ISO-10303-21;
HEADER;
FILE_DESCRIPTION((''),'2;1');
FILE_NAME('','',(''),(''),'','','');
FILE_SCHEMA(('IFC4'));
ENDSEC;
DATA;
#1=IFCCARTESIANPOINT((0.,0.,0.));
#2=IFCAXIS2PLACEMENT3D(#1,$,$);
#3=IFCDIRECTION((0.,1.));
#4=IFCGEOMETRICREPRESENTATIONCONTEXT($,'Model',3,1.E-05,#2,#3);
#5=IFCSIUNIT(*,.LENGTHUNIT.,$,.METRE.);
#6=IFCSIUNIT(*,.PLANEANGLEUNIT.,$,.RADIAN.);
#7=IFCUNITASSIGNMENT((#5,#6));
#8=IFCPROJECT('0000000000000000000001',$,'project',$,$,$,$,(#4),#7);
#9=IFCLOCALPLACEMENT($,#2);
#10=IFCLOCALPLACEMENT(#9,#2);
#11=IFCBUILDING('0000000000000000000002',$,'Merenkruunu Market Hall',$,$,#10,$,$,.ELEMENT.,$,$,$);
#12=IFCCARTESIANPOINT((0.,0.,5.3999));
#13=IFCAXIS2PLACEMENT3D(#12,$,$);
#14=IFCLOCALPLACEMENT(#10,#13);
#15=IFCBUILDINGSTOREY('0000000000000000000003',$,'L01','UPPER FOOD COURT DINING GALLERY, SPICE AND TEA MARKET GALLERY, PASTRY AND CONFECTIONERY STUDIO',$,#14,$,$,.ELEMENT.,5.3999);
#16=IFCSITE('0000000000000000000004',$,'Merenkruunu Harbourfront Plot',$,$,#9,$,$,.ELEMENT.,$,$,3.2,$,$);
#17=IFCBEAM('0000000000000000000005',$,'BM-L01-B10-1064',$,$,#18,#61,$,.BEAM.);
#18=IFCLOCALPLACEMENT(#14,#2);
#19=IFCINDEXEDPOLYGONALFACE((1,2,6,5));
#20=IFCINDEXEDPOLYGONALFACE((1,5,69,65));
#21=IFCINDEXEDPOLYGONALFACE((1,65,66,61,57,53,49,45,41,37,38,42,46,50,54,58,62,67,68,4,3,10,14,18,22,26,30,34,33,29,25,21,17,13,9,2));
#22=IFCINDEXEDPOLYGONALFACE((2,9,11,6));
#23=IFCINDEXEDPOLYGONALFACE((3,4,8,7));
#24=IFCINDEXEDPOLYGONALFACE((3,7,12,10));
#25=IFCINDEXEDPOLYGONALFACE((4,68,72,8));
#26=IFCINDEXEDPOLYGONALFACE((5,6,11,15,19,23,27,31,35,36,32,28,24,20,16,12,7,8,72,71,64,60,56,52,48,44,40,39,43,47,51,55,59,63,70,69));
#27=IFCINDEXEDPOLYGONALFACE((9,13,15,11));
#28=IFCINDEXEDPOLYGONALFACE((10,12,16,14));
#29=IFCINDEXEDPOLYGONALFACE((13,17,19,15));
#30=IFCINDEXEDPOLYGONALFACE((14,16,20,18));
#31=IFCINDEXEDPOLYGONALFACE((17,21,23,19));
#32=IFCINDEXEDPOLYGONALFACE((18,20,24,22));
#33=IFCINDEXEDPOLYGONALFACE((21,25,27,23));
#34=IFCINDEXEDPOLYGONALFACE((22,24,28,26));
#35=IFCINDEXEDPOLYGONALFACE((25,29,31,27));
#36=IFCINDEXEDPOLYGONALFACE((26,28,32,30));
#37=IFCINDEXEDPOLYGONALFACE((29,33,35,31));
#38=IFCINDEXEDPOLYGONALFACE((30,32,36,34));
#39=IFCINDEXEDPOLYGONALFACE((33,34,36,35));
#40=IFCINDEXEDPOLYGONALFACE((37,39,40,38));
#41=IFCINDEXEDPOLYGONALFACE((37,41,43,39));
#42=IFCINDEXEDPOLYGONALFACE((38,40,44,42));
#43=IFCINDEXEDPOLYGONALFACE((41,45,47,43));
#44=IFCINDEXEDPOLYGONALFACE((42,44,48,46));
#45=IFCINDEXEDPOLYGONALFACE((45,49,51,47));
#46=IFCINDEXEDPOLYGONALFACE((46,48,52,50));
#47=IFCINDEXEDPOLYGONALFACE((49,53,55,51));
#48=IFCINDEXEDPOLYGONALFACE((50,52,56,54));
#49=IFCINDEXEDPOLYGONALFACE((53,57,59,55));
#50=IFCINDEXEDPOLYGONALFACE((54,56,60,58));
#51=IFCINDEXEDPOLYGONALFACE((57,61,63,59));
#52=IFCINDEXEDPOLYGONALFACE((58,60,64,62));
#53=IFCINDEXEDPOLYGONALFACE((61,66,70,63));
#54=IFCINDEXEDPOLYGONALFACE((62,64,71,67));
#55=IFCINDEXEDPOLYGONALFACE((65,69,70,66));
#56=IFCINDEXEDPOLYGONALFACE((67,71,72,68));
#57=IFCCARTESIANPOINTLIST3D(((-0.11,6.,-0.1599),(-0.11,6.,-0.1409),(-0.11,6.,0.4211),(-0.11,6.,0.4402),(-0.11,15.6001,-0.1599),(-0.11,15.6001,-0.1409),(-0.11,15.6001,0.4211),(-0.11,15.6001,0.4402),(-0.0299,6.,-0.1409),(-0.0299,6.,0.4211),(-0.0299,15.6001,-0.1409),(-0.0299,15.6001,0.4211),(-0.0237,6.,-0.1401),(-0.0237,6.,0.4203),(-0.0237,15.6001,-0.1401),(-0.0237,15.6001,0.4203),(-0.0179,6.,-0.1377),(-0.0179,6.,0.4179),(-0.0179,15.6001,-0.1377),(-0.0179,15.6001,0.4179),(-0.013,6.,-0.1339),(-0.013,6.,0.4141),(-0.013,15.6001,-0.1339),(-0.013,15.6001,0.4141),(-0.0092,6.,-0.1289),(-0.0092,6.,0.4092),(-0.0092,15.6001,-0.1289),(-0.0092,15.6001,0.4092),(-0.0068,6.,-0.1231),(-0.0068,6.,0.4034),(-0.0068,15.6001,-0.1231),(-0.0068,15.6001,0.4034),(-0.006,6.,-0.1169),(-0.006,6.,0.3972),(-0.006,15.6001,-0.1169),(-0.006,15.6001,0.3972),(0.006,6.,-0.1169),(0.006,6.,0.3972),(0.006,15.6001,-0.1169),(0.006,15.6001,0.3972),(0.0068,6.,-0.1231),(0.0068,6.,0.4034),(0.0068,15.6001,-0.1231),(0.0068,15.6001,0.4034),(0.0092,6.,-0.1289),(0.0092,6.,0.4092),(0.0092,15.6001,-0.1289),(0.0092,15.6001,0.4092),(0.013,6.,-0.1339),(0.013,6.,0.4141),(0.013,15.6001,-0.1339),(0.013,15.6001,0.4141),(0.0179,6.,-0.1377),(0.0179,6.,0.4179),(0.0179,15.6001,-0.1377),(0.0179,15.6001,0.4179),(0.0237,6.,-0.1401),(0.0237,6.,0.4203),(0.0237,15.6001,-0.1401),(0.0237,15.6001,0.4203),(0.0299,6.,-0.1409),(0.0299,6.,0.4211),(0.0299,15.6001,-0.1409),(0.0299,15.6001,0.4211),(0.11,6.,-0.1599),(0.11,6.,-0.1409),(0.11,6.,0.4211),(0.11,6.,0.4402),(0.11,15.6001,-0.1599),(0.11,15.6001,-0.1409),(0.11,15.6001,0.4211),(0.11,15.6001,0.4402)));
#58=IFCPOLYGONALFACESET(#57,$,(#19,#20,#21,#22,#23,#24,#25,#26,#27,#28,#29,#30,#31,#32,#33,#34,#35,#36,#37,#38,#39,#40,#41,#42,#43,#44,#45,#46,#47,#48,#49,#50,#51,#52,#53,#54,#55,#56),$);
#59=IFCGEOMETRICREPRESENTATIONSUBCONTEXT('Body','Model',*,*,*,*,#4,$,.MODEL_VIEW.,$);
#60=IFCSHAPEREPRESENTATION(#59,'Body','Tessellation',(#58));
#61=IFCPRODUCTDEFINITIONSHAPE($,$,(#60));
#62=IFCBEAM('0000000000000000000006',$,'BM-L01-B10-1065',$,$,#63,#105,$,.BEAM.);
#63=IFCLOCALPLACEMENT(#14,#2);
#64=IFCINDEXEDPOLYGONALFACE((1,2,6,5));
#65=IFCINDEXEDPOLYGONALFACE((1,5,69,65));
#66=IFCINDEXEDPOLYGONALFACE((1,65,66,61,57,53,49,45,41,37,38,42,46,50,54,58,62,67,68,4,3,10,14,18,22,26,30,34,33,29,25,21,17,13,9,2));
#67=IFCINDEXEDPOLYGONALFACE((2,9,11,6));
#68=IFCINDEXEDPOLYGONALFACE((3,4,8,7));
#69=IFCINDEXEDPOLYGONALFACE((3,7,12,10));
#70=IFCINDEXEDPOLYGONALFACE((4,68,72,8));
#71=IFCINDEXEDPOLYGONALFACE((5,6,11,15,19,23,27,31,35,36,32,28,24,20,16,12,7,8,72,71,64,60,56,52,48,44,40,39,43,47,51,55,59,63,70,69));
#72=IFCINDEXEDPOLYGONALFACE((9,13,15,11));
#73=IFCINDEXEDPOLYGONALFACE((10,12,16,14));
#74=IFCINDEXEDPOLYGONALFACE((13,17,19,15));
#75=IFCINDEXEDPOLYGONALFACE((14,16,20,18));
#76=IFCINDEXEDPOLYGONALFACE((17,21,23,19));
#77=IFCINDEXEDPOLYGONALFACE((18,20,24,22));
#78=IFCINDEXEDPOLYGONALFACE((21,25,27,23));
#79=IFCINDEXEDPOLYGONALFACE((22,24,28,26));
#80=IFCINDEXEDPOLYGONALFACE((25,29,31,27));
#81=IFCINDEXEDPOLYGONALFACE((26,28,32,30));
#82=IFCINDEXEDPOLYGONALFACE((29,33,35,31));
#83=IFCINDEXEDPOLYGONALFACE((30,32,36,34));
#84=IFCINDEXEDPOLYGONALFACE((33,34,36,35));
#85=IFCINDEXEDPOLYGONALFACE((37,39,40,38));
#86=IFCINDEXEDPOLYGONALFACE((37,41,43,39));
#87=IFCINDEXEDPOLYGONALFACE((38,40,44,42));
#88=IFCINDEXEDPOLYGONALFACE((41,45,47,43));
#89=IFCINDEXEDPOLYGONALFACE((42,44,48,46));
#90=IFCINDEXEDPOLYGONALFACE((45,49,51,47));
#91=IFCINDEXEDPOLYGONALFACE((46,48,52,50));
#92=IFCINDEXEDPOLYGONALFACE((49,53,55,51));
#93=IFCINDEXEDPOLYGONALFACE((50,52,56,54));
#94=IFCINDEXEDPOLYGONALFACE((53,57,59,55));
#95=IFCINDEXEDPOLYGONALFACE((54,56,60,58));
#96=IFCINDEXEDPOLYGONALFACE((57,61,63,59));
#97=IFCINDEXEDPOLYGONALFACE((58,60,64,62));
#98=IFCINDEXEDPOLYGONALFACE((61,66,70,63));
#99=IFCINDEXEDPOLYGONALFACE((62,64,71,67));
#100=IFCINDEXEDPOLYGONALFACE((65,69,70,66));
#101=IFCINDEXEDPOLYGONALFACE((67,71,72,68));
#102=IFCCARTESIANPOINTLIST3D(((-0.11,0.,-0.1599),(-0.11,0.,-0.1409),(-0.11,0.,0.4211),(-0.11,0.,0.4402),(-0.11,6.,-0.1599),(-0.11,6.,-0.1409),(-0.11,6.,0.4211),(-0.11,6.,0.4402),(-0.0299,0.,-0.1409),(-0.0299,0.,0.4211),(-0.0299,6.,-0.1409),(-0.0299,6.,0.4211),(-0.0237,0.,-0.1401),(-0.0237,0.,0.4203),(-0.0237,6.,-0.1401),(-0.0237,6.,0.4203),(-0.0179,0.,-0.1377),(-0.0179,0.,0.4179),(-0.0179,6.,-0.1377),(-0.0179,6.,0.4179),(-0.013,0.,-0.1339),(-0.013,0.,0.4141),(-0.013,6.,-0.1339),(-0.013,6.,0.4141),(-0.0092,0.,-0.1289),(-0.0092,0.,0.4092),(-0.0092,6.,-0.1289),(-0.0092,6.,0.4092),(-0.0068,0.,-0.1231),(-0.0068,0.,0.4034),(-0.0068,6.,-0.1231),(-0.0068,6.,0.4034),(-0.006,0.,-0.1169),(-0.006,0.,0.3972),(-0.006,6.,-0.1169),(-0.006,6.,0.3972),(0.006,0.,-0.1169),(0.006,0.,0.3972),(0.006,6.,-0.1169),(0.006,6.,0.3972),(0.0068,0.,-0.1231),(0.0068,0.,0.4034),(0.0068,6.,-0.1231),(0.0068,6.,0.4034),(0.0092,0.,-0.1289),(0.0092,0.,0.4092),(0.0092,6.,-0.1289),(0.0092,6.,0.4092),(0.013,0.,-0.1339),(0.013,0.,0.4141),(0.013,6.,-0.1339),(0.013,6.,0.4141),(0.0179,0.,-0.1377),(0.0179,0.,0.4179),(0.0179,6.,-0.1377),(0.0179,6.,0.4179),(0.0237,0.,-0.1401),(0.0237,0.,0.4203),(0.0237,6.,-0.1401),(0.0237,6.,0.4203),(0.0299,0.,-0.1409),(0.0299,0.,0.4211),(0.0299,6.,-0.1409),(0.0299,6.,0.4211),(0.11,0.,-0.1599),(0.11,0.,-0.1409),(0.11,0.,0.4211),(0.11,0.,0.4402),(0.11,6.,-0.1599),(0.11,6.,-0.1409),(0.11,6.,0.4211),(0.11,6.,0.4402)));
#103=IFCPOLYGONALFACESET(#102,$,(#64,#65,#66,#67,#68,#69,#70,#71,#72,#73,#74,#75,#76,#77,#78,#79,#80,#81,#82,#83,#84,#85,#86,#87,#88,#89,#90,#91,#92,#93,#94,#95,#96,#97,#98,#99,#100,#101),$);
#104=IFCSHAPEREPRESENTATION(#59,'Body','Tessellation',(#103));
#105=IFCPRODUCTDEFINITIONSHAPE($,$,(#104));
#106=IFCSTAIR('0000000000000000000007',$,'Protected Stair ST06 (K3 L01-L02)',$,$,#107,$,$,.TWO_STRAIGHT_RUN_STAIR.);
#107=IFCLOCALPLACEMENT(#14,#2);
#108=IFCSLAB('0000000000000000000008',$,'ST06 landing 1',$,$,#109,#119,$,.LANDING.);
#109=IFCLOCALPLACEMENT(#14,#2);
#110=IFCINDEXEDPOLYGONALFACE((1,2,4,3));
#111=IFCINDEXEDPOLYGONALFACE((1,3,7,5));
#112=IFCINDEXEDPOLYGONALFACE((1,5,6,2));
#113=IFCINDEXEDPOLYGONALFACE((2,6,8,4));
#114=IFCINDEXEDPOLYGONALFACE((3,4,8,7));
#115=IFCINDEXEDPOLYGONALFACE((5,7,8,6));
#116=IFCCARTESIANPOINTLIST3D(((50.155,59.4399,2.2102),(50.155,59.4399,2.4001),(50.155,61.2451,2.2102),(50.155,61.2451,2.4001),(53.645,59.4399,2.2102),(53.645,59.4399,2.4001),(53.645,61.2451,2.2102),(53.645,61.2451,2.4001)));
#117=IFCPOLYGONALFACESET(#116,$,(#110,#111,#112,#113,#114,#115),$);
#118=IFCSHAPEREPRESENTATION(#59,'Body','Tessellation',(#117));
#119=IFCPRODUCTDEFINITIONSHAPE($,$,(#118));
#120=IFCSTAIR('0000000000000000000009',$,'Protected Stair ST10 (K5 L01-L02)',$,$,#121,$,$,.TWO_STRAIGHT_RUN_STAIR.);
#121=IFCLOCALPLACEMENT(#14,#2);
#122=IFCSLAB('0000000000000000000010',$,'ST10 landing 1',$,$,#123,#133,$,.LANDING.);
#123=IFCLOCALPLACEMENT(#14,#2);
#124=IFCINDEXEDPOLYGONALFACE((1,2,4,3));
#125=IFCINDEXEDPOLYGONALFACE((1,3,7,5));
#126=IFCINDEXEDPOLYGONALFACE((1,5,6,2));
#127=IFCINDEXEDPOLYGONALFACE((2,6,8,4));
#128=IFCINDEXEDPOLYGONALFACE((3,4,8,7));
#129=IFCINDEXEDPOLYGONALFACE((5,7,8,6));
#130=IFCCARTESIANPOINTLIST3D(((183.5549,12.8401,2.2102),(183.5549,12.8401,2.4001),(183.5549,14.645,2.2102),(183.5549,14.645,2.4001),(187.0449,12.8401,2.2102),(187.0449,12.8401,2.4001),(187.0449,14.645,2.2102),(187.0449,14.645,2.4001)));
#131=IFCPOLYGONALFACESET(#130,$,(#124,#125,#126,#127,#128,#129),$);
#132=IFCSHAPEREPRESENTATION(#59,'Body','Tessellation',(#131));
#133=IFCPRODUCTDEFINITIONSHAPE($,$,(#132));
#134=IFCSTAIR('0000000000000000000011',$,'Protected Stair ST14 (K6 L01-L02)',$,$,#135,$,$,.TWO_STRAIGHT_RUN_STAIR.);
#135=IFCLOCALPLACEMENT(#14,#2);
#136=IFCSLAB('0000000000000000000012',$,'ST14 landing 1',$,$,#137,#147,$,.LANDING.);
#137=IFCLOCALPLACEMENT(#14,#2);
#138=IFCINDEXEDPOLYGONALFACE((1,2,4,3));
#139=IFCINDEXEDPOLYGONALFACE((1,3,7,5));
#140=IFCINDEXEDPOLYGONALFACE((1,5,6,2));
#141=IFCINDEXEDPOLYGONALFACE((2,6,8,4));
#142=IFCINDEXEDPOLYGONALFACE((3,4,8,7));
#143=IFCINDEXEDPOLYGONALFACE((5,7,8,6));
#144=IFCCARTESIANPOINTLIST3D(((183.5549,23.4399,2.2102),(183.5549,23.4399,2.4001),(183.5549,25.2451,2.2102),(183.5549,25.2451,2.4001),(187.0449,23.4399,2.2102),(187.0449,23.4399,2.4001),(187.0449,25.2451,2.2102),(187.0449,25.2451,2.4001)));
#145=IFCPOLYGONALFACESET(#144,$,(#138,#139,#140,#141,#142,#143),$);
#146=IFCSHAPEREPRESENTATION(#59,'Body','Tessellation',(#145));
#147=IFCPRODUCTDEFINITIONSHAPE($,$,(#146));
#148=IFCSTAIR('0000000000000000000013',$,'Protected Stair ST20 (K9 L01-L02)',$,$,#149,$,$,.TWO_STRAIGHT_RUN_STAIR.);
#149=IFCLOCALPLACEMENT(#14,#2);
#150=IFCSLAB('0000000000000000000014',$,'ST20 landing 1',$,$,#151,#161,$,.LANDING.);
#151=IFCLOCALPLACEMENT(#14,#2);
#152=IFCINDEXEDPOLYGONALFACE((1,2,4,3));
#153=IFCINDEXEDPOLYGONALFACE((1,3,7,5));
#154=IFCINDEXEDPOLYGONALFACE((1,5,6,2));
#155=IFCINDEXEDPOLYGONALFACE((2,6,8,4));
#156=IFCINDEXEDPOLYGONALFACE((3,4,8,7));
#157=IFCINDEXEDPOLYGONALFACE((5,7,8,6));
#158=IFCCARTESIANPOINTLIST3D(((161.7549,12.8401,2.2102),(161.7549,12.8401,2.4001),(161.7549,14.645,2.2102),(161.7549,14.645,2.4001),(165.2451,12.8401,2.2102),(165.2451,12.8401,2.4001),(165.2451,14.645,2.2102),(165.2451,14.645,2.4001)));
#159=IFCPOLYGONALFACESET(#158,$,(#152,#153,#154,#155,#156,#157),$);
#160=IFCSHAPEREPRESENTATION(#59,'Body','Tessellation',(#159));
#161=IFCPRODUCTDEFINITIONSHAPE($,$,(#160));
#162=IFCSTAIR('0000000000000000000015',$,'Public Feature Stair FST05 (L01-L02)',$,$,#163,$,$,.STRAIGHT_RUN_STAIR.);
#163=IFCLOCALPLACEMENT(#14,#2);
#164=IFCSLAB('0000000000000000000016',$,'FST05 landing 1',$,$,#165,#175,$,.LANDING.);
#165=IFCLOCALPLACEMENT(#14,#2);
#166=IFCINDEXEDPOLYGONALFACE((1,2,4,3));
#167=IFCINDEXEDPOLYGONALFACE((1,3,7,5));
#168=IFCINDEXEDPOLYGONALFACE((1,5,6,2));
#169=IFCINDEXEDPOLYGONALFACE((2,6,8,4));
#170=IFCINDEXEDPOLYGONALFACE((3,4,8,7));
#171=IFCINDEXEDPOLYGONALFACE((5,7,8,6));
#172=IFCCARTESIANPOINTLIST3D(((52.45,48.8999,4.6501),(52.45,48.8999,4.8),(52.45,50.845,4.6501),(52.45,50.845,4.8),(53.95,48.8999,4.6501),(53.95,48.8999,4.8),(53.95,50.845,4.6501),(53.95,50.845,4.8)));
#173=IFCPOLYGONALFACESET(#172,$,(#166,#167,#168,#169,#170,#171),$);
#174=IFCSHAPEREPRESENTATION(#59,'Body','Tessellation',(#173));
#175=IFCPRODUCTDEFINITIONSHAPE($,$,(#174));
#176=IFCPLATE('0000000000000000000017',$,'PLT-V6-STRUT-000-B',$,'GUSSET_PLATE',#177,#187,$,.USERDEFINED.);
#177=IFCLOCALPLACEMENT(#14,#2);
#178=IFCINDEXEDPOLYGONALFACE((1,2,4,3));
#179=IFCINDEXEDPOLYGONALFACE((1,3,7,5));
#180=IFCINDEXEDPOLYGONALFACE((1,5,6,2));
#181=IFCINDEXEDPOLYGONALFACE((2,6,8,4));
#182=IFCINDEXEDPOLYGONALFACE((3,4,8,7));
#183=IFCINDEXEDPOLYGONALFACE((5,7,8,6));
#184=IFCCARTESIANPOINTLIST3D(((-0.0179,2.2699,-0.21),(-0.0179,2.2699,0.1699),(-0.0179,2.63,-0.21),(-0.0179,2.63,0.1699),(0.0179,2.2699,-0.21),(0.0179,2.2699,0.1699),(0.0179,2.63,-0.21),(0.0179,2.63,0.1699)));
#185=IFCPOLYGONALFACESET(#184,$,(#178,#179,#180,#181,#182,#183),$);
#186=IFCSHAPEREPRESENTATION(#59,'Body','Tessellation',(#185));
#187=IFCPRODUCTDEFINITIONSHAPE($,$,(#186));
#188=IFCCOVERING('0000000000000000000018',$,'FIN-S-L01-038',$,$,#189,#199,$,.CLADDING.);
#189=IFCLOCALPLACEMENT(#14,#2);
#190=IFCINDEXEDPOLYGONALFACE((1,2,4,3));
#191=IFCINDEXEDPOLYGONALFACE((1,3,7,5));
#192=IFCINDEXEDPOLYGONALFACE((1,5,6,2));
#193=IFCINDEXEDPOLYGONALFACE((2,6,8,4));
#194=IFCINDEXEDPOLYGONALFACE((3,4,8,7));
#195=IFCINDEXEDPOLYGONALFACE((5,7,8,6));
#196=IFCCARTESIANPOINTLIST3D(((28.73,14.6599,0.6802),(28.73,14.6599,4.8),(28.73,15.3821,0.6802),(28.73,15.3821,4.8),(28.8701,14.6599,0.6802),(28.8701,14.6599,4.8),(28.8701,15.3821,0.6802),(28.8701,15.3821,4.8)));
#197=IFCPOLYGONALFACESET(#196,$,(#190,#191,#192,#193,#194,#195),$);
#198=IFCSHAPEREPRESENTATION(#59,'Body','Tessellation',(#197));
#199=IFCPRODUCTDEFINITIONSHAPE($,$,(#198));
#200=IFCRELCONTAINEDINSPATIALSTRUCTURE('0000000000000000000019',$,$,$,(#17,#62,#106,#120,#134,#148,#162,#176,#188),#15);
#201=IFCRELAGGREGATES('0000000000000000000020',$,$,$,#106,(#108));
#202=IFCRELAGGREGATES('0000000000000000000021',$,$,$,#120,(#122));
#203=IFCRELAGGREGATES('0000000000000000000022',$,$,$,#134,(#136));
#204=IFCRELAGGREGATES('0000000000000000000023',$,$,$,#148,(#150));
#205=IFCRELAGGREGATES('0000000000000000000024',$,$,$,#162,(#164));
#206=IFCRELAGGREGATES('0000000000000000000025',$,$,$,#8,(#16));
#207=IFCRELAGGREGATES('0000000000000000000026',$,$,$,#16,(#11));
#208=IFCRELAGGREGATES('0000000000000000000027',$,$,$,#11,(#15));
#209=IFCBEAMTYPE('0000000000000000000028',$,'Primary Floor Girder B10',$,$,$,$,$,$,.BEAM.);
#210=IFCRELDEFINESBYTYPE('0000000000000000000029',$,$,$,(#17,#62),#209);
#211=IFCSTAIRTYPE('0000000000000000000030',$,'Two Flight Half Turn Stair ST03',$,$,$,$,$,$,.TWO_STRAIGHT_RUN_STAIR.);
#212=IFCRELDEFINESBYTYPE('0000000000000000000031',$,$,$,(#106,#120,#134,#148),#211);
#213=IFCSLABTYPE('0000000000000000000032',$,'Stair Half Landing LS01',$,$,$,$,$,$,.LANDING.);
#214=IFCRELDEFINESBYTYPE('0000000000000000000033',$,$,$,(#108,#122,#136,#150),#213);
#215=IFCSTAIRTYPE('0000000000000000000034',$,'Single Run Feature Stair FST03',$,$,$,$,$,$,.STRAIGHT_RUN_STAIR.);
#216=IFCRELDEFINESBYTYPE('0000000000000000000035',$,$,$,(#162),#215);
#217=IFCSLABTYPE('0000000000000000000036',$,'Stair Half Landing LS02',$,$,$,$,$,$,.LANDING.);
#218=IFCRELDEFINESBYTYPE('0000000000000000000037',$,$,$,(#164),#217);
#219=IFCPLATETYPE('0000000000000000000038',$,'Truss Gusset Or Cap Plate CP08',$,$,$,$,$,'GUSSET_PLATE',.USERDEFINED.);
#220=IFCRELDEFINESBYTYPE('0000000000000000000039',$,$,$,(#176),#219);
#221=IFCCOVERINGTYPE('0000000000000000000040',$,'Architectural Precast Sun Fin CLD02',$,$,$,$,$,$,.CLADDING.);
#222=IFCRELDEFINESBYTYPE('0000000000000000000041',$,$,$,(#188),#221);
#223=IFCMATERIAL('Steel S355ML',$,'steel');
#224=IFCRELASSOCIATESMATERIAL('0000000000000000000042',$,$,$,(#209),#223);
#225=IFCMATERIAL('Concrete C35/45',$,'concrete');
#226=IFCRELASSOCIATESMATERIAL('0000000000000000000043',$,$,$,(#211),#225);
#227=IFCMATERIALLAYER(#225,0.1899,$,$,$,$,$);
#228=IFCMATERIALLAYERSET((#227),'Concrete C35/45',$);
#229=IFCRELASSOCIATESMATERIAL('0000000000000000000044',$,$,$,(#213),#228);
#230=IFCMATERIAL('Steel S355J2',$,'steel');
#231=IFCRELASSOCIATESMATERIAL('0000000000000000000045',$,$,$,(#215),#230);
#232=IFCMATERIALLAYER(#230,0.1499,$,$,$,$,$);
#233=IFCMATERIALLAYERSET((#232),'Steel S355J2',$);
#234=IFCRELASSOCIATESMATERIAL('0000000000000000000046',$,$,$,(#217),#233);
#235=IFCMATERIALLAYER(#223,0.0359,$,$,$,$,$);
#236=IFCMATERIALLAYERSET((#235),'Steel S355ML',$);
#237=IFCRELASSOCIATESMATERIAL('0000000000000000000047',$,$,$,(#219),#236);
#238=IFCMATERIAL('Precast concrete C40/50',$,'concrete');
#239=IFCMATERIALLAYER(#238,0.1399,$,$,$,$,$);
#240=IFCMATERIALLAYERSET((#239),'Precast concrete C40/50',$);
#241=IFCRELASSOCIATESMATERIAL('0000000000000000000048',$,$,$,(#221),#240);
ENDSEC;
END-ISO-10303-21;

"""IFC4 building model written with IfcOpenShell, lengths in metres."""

from ifc_helpers import new_model, si_unit, direction, frame, origin, origin_2d, place, context, subcontext, project, spatial, polyline, rectangle, i_section, outline, extrude, material, layer, layer_set, material_profile, profile_set, type_object, element, aggregate, save


model = new_model("IFC4")

# Units and contexts
model_context = context("Model", 3, precision=1e-05, world=origin(), true_north=direction((0.0, 1.0)))
body_context = subcontext(model_context, "Body", "Model", "MODEL_VIEW")
ifc_project = project(units=[si_unit("LENGTHUNIT", "METRE"), si_unit("PLANEANGLEUNIT", "RADIAN")], contexts=[model_context])

# Site, building, storey
site_placement = place(None, origin())
site = spatial("IfcSite", under=ifc_project, at=site_placement, Name="Merenkruunu Harbourfront Plot", CompositionType="ELEMENT", RefElevation=3.2)
building_placement = place(site_placement, origin())
building = spatial("IfcBuilding", under=site, at=building_placement, Name="Merenkruunu Market Hall", CompositionType="ELEMENT")
storey_placement = place(building_placement, frame((0.0, 0.0, 5.3999)))
storey = spatial("IfcBuildingStorey", under=building, at=storey_placement, Name="L01", Description="UPPER FOOD COURT DINING GALLERY, SPICE AND TEA MARKET GALLERY, PASTRY AND CONFECTIONERY STUDIO", CompositionType="ELEMENT", Elevation=5.3999)

# Shared definitions
ifc_material_1 = material(Name="Steel S355ML", Category="steel")

# Beams
ifc_material_2 = material(Name="Steel S355J2", Category="steel")
ifc_material_profile_1 = material_profile(ifc_material_1, i_section(OverallWidth=0.22, OverallDepth=0.6001, WebThickness=0.012, FlangeThickness=0.019, FilletRadius=0.0239, at=origin_2d()), Name="IPE 600")
ifc_profile_set_1 = profile_set([ifc_material_profile_1], Name="Steel S355ML")
beam_type_1 = type_object("IfcBeamType", Name="Primary Floor Girder B10", PredefinedType="BEAM", material=ifc_profile_set_1)
beam_1_placement = place(storey_placement, frame((0.0, 15.6001, 0.1401), z_axis=(0.0, -1.0, 0.0), x_axis=(1.0, 0.0, 0.0)))
element("IfcBeam", 1, at=beam_1_placement, inside=storey, type_object=beam_type_1, Name="BM-L01-B10-1064", PredefinedType="BEAM", context=body_context, shape_type="SweptSolid", body=[
    extrude(i_section(OverallWidth=0.22, OverallDepth=0.6001, WebThickness=0.012, FlangeThickness=0.019, FilletRadius=0.0239, at=origin_2d()), origin(), (0.0, 0.0, 1.0), 9.6001),
])
beam_2_placement = place(storey_placement, frame((0.0, 6.0, 0.1401), z_axis=(0.0, -1.0, 0.0), x_axis=(1.0, 0.0, 0.0)))
element("IfcBeam", 2, at=beam_2_placement, inside=storey, type_object=beam_type_1, Name="BM-L01-B10-1065", PredefinedType="BEAM", context=body_context, shape_type="SweptSolid", body=[
    extrude(i_section(OverallWidth=0.22, OverallDepth=0.6001, WebThickness=0.012, FlangeThickness=0.019, FilletRadius=0.0239, at=origin_2d()), origin(), (0.0, 0.0, 1.0), 6.0),
])

# Stairs, slabs
ifc_material_3 = material(Name="Concrete C35/45", Category="concrete")
stair_type_1 = type_object("IfcStairType", Name="Two Flight Half Turn Stair ST03", PredefinedType="TWO_STRAIGHT_RUN_STAIR", material=ifc_material_3)
stair_1_placement = place(storey_placement, origin())
stair_1 = element("IfcStair", 3, at=stair_1_placement, inside=storey, type_object=stair_type_1, Name="Protected Stair ST06 (K3 L01-L02)", PredefinedType="TWO_STRAIGHT_RUN_STAIR")
ifc_layer_1 = layer(ifc_material_3, 0.1899)
ifc_layer_set_1 = layer_set([ifc_layer_1], Name="Concrete C35/45")
slab_type_1 = type_object("IfcSlabType", Name="Stair Half Landing LS01", PredefinedType="LANDING", material=ifc_layer_set_1)
slab_1_placement = place(storey_placement, frame((0.0, 0.0, 2.2102)))
slab_1 = element("IfcSlab", 4, at=slab_1_placement, type_object=slab_type_1, Name="ST06 landing 1", PredefinedType="LANDING", context=body_context, shape_type="SweptSolid", body=[
    extrude(outline(polyline([(50.155, 59.4399), (53.645, 59.4399), (53.645, 61.2451), (50.155, 61.2451), (50.155, 59.4399)])), origin(), (0.0, 0.0, 1.0), 0.1899),
])
aggregate(stair_1, [slab_1])
stair_2_placement = place(storey_placement, origin())
stair_2 = element("IfcStair", 5, at=stair_2_placement, inside=storey, type_object=stair_type_1, Name="Protected Stair ST10 (K5 L01-L02)", PredefinedType="TWO_STRAIGHT_RUN_STAIR")
slab_2_placement = place(storey_placement, frame((0.0, 0.0, 2.2102)))
slab_2 = element("IfcSlab", 6, at=slab_2_placement, type_object=slab_type_1, Name="ST10 landing 1", PredefinedType="LANDING", context=body_context, shape_type="SweptSolid", body=[
    extrude(outline(polyline([(183.5549, 12.8401), (187.0449, 12.8401), (187.0449, 14.645), (183.5549, 14.645), (183.5549, 12.8401)])), origin(), (0.0, 0.0, 1.0), 0.1899),
])
aggregate(stair_2, [slab_2])
stair_3_placement = place(storey_placement, origin())
stair_3 = element("IfcStair", 7, at=stair_3_placement, inside=storey, type_object=stair_type_1, Name="Protected Stair ST14 (K6 L01-L02)", PredefinedType="TWO_STRAIGHT_RUN_STAIR")
slab_3_placement = place(storey_placement, frame((0.0, 0.0, 2.2102)))
slab_3 = element("IfcSlab", 8, at=slab_3_placement, type_object=slab_type_1, Name="ST14 landing 1", PredefinedType="LANDING", context=body_context, shape_type="SweptSolid", body=[
    extrude(outline(polyline([(183.5549, 23.4399), (187.0449, 23.4399), (187.0449, 25.2451), (183.5549, 25.2451), (183.5549, 23.4399)])), origin(), (0.0, 0.0, 1.0), 0.1899),
])
aggregate(stair_3, [slab_3])
stair_4_placement = place(storey_placement, origin())
stair_4 = element("IfcStair", 9, at=stair_4_placement, inside=storey, type_object=stair_type_1, Name="Protected Stair ST20 (K9 L01-L02)", PredefinedType="TWO_STRAIGHT_RUN_STAIR")
slab_4_placement = place(storey_placement, frame((0.0, 0.0, 2.2102)))
slab_4 = element("IfcSlab", 10, at=slab_4_placement, type_object=slab_type_1, Name="ST20 landing 1", PredefinedType="LANDING", context=body_context, shape_type="SweptSolid", body=[
    extrude(outline(polyline([(161.7549, 12.8401), (165.2451, 12.8401), (165.2451, 14.645), (161.7549, 14.645), (161.7549, 12.8401)])), origin(), (0.0, 0.0, 1.0), 0.1899),
])
aggregate(stair_4, [slab_4])
stair_type_2 = type_object("IfcStairType", Name="Single Run Feature Stair FST03", PredefinedType="STRAIGHT_RUN_STAIR", material=ifc_material_2)
stair_5_placement = place(storey_placement, origin())
stair_5 = element("IfcStair", 11, at=stair_5_placement, inside=storey, type_object=stair_type_2, Name="Public Feature Stair FST05 (L01-L02)", PredefinedType="STRAIGHT_RUN_STAIR")
ifc_layer_2 = layer(ifc_material_2, 0.1499)
ifc_layer_set_2 = layer_set([ifc_layer_2], Name="Steel S355J2")
slab_type_2 = type_object("IfcSlabType", Name="Stair Half Landing LS02", PredefinedType="LANDING", material=ifc_layer_set_2)
slab_5_placement = place(storey_placement, frame((0.0, 0.0, 4.6501)))
slab_5 = element("IfcSlab", 12, at=slab_5_placement, type_object=slab_type_2, Name="FST05 landing 1", PredefinedType="LANDING", context=body_context, shape_type="SweptSolid", body=[
    extrude(outline(polyline([(52.45, 48.8999), (53.95, 48.8999), (53.95, 50.845), (52.45, 50.845), (52.45, 48.8999)])), origin(), (0.0, 0.0, 1.0), 0.1499),
])
aggregate(stair_5, [slab_5])

# Plate
ifc_layer_3 = layer(ifc_material_1, 0.0359)
ifc_layer_set_3 = layer_set([ifc_layer_3], Name="Steel S355ML")
plate_type = type_object("IfcPlateType", Name="Truss Gusset Or Cap Plate CP08", ElementType="GUSSET_PLATE", PredefinedType="USERDEFINED", material=ifc_layer_set_3)
plate_placement = place(storey_placement, frame((0.0, 2.45, -0.21), z_axis=(0.0, 0.0, 1.0), x_axis=(1.0, 0.0, 0.0)))
element("IfcPlate", 13, at=plate_placement, inside=storey, type_object=plate_type, Name="PLT-V6-STRUT-000-B", ObjectType="GUSSET_PLATE", PredefinedType="USERDEFINED", context=body_context, shape_type="SweptSolid", body=[
    extrude(rectangle(XDim=0.0359, YDim=0.3601, at=origin_2d()), origin(), (0.0, 0.0, 1.0), 0.3799),
])

# Covering
ifc_material_4 = material(Name="Precast concrete C40/50", Category="concrete")
ifc_layer_4 = layer(ifc_material_4, 0.1399)
ifc_layer_set_4 = layer_set([ifc_layer_4], Name="Precast concrete C40/50")
covering_type_1 = type_object("IfcCoveringType", Name="Architectural Precast Sun Fin CLD02", PredefinedType="CLADDING", material=ifc_layer_set_4)
covering_1_placement = place(storey_placement, frame((0.0, 0.0, 0.6802)))
element("IfcCovering", 14, at=covering_1_placement, inside=storey, type_object=covering_type_1, Name="FIN-S-L01-038", PredefinedType="CLADDING", context=body_context, shape_type="SweptSolid", body=[
    extrude(outline(polyline([(28.73, 14.6599), (28.8701, 14.6599), (28.8701, 15.3821), (28.73, 15.3821), (28.73, 14.6599)])), origin(), (0.0, 0.0, 1.0), 4.1199),
])

save(model, "model.ifc")
